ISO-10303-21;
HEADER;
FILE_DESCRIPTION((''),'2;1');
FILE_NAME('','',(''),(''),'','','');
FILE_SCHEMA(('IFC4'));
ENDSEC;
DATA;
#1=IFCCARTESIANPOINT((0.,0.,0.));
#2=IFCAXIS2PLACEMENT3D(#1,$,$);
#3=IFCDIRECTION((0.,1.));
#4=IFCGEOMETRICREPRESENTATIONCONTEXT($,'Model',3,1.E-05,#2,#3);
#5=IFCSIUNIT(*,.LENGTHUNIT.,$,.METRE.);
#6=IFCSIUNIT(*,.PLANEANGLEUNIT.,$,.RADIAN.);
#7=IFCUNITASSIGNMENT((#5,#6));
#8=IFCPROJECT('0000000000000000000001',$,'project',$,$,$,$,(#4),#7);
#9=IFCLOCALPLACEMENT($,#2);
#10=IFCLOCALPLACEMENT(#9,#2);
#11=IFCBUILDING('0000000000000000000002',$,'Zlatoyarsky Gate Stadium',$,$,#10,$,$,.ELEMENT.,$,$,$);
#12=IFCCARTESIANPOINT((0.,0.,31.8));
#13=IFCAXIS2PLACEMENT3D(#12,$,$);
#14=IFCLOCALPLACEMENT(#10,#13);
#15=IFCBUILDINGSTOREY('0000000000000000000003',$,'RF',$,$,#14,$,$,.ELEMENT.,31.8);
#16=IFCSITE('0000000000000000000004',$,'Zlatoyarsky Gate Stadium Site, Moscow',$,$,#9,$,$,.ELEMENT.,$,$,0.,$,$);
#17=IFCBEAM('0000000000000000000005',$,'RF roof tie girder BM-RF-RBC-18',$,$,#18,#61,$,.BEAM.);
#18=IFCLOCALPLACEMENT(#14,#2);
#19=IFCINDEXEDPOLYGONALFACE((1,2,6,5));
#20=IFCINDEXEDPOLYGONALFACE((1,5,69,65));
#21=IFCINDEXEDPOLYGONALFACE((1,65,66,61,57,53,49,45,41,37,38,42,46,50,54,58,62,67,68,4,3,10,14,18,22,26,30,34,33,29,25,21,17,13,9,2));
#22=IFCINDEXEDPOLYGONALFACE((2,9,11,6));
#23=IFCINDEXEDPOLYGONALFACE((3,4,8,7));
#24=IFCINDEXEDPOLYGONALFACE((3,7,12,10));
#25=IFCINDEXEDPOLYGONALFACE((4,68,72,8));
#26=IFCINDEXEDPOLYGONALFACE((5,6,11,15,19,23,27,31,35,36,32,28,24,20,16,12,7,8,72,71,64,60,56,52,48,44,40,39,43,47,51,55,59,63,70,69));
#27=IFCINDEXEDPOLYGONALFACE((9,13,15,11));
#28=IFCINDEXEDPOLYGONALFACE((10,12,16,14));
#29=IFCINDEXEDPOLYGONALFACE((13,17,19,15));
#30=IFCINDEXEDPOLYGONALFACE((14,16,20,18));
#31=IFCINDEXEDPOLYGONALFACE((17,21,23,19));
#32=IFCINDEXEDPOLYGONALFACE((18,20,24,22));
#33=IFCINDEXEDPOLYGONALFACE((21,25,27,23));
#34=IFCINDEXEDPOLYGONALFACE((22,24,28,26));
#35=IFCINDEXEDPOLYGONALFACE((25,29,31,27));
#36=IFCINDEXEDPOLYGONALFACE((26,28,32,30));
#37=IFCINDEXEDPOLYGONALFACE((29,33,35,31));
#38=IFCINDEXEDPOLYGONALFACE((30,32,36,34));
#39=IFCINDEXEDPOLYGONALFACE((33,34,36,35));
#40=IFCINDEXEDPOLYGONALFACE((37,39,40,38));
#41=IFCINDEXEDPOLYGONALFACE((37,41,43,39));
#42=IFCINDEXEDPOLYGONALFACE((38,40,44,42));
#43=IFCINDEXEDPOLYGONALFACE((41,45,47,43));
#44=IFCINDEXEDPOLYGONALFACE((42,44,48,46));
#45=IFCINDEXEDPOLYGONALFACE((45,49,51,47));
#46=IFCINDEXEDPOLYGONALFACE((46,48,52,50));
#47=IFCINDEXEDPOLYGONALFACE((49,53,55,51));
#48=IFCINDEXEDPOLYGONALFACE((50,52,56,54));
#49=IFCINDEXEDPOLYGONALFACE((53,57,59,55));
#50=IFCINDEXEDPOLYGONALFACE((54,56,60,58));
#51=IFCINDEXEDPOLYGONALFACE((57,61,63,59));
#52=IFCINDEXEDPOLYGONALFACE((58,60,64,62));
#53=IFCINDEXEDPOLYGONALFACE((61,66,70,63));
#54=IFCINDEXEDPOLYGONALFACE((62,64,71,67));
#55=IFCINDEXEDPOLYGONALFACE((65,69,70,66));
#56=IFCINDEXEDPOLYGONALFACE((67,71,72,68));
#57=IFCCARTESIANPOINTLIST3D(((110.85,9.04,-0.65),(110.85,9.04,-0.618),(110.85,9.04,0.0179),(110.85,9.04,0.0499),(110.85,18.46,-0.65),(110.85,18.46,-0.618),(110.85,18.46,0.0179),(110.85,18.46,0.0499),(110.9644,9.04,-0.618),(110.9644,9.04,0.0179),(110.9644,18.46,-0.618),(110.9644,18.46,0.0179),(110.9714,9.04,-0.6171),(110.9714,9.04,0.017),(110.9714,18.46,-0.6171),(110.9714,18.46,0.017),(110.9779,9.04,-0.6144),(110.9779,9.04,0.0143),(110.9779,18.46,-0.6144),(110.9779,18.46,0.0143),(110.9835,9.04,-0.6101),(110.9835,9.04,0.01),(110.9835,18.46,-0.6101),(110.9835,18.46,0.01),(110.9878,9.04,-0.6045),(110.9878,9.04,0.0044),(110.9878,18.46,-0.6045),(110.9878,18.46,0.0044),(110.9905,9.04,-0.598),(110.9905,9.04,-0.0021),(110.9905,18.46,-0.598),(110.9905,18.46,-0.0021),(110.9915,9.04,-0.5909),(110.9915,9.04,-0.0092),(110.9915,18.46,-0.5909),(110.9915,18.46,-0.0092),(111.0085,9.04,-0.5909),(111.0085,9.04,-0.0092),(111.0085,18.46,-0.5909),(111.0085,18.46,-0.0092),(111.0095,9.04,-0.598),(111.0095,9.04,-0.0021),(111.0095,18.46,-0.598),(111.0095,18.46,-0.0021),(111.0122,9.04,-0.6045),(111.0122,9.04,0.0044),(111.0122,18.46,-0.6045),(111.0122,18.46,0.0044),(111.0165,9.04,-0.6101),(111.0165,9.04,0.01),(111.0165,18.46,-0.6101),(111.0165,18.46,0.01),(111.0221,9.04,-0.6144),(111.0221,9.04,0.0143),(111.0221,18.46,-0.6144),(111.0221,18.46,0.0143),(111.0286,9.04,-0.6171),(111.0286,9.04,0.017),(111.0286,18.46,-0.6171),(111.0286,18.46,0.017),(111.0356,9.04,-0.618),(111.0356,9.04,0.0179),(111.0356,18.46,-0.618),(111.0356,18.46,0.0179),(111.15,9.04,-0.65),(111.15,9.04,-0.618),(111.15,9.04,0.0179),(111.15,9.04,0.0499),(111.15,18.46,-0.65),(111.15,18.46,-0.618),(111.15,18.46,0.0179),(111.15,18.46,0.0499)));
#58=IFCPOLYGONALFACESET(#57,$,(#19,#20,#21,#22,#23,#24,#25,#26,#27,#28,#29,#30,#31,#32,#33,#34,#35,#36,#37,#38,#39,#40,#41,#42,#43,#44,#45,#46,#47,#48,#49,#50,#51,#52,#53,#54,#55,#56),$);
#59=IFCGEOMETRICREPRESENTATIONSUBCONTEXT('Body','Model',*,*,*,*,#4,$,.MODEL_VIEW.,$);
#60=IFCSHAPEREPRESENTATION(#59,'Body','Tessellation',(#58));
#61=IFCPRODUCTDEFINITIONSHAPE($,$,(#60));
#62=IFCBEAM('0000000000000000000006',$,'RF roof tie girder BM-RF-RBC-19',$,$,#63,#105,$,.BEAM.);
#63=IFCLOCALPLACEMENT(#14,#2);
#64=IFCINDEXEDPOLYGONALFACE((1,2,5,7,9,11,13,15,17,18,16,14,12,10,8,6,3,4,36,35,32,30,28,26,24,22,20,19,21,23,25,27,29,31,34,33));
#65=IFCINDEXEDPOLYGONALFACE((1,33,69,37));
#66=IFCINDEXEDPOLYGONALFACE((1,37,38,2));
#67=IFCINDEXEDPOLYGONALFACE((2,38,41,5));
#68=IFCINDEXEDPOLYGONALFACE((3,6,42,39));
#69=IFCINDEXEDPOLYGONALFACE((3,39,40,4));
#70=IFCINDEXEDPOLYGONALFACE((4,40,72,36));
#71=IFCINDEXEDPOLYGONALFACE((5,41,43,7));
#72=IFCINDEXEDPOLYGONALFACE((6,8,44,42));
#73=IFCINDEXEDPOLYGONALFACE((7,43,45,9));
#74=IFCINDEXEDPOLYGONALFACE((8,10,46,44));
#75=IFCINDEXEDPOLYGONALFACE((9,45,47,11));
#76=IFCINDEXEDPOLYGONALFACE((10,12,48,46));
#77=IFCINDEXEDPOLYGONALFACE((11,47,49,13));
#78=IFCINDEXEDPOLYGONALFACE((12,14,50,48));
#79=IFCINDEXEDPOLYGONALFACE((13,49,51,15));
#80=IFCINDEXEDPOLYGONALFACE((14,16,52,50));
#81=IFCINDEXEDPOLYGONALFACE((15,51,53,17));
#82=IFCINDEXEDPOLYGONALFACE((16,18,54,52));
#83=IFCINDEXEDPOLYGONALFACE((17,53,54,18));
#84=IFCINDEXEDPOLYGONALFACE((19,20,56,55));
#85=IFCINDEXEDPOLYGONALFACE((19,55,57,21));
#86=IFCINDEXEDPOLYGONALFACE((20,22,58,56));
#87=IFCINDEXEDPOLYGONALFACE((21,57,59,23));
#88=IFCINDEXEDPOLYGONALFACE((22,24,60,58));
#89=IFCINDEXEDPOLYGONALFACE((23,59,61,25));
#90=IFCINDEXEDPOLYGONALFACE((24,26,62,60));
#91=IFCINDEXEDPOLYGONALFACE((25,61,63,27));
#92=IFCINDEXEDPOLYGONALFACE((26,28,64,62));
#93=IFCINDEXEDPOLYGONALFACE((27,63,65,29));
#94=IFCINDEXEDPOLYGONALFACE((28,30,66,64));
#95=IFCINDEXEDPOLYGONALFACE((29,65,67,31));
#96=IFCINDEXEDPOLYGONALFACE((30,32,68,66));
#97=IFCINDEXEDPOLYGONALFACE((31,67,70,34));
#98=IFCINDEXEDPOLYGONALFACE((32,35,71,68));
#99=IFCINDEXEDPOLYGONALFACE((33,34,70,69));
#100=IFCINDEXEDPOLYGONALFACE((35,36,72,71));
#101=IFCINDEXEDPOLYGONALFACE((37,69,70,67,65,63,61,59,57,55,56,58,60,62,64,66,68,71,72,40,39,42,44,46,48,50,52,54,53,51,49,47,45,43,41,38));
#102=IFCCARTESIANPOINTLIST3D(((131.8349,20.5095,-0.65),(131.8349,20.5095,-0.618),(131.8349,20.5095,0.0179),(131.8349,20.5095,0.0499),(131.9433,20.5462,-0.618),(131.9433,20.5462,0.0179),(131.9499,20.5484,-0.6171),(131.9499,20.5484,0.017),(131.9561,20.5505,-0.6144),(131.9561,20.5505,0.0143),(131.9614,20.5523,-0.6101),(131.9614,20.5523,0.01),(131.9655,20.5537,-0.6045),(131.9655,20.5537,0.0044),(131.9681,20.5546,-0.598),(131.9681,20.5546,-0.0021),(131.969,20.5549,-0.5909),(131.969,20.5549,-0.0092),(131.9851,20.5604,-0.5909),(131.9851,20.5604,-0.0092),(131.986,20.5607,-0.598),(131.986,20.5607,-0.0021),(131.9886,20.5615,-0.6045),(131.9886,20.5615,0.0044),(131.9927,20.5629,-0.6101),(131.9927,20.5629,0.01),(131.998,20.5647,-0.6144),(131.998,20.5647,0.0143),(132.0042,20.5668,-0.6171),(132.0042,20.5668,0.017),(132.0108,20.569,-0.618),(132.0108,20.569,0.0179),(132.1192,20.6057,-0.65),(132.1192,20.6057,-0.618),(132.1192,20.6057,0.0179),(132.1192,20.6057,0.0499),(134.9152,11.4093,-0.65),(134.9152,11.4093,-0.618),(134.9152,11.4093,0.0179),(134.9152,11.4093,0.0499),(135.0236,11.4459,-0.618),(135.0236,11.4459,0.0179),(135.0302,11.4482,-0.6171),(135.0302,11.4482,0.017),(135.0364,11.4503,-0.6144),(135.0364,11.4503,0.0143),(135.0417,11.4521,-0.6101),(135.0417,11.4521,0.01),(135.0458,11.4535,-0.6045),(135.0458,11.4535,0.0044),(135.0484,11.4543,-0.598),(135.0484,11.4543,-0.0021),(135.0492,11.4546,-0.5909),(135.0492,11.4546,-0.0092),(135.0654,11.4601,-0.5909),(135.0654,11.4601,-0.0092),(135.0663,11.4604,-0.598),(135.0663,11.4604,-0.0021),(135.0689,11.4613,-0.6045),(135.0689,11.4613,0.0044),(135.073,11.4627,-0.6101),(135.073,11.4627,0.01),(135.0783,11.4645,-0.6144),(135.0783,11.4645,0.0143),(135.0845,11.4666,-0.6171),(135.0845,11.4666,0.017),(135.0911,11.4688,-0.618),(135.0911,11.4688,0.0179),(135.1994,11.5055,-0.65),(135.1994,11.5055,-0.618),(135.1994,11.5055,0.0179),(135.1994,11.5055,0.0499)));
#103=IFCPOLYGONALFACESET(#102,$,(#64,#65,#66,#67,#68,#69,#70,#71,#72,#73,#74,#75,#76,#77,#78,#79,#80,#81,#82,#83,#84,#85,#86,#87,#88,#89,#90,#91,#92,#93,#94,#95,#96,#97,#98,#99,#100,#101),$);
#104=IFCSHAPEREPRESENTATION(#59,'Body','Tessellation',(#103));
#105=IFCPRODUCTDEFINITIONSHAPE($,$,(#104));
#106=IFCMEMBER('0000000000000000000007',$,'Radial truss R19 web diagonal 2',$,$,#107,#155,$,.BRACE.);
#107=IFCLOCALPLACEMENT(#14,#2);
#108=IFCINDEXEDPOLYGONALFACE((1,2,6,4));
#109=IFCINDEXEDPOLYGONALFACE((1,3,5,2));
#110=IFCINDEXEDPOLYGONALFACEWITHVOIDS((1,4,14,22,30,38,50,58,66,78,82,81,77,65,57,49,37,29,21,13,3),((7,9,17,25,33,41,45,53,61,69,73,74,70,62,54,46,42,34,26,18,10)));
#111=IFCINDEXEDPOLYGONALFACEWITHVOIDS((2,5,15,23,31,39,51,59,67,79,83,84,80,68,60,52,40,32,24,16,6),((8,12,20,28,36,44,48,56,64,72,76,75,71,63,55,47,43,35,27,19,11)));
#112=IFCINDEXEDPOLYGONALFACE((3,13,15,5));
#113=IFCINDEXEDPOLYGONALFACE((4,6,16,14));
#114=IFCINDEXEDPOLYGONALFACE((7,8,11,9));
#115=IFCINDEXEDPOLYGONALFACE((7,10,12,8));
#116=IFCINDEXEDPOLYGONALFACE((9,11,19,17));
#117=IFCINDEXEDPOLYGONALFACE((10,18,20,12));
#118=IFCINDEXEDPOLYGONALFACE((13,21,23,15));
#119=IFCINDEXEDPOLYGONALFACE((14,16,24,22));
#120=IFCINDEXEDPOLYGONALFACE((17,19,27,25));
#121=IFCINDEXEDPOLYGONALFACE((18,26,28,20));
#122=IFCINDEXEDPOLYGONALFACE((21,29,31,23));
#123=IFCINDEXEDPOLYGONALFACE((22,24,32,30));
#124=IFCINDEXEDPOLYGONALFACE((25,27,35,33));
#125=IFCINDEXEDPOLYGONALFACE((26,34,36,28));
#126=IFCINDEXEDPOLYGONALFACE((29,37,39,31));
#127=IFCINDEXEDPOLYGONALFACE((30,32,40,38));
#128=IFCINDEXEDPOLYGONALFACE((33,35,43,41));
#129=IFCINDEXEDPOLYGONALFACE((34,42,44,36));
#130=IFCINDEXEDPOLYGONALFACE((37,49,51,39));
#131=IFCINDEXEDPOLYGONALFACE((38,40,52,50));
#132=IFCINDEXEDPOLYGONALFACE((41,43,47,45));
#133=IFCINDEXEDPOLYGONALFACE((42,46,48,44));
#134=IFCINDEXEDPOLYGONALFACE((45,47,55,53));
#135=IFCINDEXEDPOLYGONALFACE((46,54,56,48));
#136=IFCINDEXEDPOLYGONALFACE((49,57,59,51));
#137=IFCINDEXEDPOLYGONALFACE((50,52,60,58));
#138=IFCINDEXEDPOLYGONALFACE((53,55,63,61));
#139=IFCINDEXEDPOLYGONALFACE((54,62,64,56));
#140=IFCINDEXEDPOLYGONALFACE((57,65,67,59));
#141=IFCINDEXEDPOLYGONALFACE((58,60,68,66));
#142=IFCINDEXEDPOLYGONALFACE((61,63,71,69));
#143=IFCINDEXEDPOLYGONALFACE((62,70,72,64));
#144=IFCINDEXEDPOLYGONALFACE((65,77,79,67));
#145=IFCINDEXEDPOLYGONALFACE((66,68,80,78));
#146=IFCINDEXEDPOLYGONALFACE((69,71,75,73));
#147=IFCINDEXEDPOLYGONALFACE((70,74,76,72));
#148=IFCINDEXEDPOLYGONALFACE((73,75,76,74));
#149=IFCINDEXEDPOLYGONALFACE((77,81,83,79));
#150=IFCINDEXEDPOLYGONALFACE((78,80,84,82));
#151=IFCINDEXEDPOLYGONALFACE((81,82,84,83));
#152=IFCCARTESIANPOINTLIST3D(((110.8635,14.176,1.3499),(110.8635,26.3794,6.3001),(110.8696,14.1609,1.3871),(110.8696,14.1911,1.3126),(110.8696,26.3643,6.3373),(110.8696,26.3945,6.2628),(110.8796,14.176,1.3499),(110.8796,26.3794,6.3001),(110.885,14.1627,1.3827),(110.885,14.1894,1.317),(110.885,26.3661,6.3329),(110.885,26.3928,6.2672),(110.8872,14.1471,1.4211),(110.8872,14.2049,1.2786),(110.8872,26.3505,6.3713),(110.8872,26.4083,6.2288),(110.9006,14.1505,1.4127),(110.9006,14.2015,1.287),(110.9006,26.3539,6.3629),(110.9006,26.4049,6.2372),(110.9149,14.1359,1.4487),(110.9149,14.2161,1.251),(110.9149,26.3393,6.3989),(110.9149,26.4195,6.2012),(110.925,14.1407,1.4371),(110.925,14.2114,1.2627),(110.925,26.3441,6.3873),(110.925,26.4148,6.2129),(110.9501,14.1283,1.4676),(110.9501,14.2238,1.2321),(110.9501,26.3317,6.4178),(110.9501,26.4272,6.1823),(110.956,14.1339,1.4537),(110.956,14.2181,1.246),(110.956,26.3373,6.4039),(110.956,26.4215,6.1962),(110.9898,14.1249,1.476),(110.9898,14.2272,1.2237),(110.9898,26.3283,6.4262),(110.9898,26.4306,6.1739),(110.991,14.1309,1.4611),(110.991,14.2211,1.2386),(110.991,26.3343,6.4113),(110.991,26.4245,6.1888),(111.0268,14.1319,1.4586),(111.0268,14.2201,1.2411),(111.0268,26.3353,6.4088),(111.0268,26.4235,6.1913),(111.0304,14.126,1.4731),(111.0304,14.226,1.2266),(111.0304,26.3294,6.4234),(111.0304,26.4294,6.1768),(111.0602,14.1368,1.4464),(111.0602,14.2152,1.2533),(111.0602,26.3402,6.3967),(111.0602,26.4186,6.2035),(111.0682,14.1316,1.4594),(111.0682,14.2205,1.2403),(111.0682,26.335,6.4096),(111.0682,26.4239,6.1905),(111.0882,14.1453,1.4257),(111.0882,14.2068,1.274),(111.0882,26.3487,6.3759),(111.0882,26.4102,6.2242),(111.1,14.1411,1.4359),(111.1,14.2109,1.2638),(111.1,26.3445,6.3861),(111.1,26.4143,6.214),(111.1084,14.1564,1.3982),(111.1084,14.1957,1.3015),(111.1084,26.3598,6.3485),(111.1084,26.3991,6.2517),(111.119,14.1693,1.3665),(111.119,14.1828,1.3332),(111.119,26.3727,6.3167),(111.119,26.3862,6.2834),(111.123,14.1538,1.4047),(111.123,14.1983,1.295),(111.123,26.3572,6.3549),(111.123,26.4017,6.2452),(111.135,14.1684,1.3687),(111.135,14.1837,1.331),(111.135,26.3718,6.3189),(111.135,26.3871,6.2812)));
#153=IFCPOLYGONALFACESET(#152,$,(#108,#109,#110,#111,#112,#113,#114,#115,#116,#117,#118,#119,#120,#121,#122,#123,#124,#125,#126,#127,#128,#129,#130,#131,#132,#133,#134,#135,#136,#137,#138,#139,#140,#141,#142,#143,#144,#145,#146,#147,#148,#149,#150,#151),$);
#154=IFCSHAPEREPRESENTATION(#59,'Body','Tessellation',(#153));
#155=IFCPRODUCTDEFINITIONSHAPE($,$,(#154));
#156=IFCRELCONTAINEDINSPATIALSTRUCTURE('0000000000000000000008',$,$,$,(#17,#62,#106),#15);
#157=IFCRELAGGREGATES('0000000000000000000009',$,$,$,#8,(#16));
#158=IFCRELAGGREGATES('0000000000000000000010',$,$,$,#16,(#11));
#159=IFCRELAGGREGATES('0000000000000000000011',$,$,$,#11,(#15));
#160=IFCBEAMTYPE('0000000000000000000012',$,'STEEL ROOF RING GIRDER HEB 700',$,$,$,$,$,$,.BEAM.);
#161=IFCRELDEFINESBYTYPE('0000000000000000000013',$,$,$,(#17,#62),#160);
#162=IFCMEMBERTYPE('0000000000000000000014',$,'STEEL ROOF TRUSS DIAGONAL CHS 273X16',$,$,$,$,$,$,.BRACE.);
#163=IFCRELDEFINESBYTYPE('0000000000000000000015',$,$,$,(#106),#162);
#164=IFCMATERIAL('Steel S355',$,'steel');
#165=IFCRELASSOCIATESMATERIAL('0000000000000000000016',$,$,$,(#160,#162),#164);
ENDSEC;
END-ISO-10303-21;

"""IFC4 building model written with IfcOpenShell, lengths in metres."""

from ifc_helpers import new_model, si_unit, direction, frame, origin, origin_2d, place, context, subcontext, project, spatial, hollow_circle, i_section, extrude, material, material_profile, profile_set, type_object, element, save


model = new_model("IFC4")

# Units and contexts
model_context = context("Model", 3, precision=1e-05, world=origin(), true_north=direction((0.0, 1.0)))
body_context = subcontext(model_context, "Body", "Model", "MODEL_VIEW")
ifc_project = project(units=[si_unit("LENGTHUNIT", "METRE"), si_unit("PLANEANGLEUNIT", "RADIAN")], contexts=[model_context])

# Site, building, storey
site_placement = place(None, origin())
site = spatial("IfcSite", under=ifc_project, at=site_placement, Name="Zlatoyarsky Gate Stadium Site, Moscow", CompositionType="ELEMENT", RefElevation=0.0)
building_placement = place(site_placement, origin())
building = spatial("IfcBuilding", under=site, at=building_placement, Name="Zlatoyarsky Gate Stadium", CompositionType="ELEMENT")
storey_placement = place(building_placement, frame((0.0, 0.0, 31.8)))
storey = spatial("IfcBuildingStorey", under=building, at=storey_placement, Name="RF", CompositionType="ELEMENT", Elevation=31.8)

# Shared definitions
ifc_material_1 = material(Name="Steel S355", Category="steel")

# Beams
ifc_material_profile_1 = material_profile(ifc_material_1, i_section(OverallWidth=0.3, OverallDepth=0.7, WebThickness=0.0171, FlangeThickness=0.032, FilletRadius=0.0271, at=origin_2d()), Name="HEB 700")
ifc_profile_set_1 = profile_set([ifc_material_profile_1], Name="Steel S355")
beam_type = type_object("IfcBeamType", Name="STEEL ROOF RING GIRDER HEB 700", PredefinedType="BEAM", material=ifc_profile_set_1)
beam_1_placement = place(storey_placement, frame((111.0, 18.46, -0.3), z_axis=(0.0, -1.0, 0.0), x_axis=(1.0, 0.0, 0.0)))
element("IfcBeam", 1, at=beam_1_placement, inside=storey, type_object=beam_type, Name="RF roof tie girder BM-RF-RBC-18", PredefinedType="BEAM", context=body_context, shape_type="SweptSolid", body=[
    extrude(i_section(OverallWidth=0.3, OverallDepth=0.7, WebThickness=0.0171, FlangeThickness=0.032, FilletRadius=0.0271, at=origin_2d()), origin(), (0.0, 0.0, 1.0), 9.4199),
])
beam_2_placement = place(storey_placement, frame((131.9771, 20.5576, -0.3), z_axis=(0.320615, -0.947209, 0.0), x_axis=(0.947209, 0.320615, 0.0)))
element("IfcBeam", 2, at=beam_2_placement, inside=storey, type_object=beam_type, Name="RF roof tie girder BM-RF-RBC-19", PredefinedType="BEAM", context=body_context, shape_type="SweptSolid", body=[
    extrude(i_section(OverallWidth=0.3, OverallDepth=0.7, WebThickness=0.0171, FlangeThickness=0.032, FilletRadius=0.0271, at=origin_2d()), origin(), (0.0, 0.0, 1.0), 9.6074),
])

# Member
ifc_material_profile_2 = material_profile(ifc_material_1, hollow_circle(Radius=0.1365, WallThickness=0.0161, at=origin_2d()), Name="CHS 273X16")
ifc_profile_set_2 = profile_set([ifc_material_profile_2], Name="Steel S355")
member_type_1 = type_object("IfcMemberType", Name="STEEL ROOF TRUSS DIAGONAL CHS 273X16", PredefinedType="BRACE", material=ifc_profile_set_2)
member_1_placement = place(storey_placement, frame((111.0, 14.176, 1.3499), z_axis=(0.0, 0.926663, 0.375893), x_axis=(-1.0, 0.0, 0.0)))
element("IfcMember", 3, at=member_1_placement, inside=storey, type_object=member_type_1, Name="Radial truss R19 web diagonal 2", PredefinedType="BRACE", context=body_context, shape_type="SweptSolid", body=[
    extrude(hollow_circle(Radius=0.1365, WallThickness=0.0161, at=origin_2d()), origin(), (0.0, 0.0, 1.0), 13.1692),
])

save(model, "model.ifc")
